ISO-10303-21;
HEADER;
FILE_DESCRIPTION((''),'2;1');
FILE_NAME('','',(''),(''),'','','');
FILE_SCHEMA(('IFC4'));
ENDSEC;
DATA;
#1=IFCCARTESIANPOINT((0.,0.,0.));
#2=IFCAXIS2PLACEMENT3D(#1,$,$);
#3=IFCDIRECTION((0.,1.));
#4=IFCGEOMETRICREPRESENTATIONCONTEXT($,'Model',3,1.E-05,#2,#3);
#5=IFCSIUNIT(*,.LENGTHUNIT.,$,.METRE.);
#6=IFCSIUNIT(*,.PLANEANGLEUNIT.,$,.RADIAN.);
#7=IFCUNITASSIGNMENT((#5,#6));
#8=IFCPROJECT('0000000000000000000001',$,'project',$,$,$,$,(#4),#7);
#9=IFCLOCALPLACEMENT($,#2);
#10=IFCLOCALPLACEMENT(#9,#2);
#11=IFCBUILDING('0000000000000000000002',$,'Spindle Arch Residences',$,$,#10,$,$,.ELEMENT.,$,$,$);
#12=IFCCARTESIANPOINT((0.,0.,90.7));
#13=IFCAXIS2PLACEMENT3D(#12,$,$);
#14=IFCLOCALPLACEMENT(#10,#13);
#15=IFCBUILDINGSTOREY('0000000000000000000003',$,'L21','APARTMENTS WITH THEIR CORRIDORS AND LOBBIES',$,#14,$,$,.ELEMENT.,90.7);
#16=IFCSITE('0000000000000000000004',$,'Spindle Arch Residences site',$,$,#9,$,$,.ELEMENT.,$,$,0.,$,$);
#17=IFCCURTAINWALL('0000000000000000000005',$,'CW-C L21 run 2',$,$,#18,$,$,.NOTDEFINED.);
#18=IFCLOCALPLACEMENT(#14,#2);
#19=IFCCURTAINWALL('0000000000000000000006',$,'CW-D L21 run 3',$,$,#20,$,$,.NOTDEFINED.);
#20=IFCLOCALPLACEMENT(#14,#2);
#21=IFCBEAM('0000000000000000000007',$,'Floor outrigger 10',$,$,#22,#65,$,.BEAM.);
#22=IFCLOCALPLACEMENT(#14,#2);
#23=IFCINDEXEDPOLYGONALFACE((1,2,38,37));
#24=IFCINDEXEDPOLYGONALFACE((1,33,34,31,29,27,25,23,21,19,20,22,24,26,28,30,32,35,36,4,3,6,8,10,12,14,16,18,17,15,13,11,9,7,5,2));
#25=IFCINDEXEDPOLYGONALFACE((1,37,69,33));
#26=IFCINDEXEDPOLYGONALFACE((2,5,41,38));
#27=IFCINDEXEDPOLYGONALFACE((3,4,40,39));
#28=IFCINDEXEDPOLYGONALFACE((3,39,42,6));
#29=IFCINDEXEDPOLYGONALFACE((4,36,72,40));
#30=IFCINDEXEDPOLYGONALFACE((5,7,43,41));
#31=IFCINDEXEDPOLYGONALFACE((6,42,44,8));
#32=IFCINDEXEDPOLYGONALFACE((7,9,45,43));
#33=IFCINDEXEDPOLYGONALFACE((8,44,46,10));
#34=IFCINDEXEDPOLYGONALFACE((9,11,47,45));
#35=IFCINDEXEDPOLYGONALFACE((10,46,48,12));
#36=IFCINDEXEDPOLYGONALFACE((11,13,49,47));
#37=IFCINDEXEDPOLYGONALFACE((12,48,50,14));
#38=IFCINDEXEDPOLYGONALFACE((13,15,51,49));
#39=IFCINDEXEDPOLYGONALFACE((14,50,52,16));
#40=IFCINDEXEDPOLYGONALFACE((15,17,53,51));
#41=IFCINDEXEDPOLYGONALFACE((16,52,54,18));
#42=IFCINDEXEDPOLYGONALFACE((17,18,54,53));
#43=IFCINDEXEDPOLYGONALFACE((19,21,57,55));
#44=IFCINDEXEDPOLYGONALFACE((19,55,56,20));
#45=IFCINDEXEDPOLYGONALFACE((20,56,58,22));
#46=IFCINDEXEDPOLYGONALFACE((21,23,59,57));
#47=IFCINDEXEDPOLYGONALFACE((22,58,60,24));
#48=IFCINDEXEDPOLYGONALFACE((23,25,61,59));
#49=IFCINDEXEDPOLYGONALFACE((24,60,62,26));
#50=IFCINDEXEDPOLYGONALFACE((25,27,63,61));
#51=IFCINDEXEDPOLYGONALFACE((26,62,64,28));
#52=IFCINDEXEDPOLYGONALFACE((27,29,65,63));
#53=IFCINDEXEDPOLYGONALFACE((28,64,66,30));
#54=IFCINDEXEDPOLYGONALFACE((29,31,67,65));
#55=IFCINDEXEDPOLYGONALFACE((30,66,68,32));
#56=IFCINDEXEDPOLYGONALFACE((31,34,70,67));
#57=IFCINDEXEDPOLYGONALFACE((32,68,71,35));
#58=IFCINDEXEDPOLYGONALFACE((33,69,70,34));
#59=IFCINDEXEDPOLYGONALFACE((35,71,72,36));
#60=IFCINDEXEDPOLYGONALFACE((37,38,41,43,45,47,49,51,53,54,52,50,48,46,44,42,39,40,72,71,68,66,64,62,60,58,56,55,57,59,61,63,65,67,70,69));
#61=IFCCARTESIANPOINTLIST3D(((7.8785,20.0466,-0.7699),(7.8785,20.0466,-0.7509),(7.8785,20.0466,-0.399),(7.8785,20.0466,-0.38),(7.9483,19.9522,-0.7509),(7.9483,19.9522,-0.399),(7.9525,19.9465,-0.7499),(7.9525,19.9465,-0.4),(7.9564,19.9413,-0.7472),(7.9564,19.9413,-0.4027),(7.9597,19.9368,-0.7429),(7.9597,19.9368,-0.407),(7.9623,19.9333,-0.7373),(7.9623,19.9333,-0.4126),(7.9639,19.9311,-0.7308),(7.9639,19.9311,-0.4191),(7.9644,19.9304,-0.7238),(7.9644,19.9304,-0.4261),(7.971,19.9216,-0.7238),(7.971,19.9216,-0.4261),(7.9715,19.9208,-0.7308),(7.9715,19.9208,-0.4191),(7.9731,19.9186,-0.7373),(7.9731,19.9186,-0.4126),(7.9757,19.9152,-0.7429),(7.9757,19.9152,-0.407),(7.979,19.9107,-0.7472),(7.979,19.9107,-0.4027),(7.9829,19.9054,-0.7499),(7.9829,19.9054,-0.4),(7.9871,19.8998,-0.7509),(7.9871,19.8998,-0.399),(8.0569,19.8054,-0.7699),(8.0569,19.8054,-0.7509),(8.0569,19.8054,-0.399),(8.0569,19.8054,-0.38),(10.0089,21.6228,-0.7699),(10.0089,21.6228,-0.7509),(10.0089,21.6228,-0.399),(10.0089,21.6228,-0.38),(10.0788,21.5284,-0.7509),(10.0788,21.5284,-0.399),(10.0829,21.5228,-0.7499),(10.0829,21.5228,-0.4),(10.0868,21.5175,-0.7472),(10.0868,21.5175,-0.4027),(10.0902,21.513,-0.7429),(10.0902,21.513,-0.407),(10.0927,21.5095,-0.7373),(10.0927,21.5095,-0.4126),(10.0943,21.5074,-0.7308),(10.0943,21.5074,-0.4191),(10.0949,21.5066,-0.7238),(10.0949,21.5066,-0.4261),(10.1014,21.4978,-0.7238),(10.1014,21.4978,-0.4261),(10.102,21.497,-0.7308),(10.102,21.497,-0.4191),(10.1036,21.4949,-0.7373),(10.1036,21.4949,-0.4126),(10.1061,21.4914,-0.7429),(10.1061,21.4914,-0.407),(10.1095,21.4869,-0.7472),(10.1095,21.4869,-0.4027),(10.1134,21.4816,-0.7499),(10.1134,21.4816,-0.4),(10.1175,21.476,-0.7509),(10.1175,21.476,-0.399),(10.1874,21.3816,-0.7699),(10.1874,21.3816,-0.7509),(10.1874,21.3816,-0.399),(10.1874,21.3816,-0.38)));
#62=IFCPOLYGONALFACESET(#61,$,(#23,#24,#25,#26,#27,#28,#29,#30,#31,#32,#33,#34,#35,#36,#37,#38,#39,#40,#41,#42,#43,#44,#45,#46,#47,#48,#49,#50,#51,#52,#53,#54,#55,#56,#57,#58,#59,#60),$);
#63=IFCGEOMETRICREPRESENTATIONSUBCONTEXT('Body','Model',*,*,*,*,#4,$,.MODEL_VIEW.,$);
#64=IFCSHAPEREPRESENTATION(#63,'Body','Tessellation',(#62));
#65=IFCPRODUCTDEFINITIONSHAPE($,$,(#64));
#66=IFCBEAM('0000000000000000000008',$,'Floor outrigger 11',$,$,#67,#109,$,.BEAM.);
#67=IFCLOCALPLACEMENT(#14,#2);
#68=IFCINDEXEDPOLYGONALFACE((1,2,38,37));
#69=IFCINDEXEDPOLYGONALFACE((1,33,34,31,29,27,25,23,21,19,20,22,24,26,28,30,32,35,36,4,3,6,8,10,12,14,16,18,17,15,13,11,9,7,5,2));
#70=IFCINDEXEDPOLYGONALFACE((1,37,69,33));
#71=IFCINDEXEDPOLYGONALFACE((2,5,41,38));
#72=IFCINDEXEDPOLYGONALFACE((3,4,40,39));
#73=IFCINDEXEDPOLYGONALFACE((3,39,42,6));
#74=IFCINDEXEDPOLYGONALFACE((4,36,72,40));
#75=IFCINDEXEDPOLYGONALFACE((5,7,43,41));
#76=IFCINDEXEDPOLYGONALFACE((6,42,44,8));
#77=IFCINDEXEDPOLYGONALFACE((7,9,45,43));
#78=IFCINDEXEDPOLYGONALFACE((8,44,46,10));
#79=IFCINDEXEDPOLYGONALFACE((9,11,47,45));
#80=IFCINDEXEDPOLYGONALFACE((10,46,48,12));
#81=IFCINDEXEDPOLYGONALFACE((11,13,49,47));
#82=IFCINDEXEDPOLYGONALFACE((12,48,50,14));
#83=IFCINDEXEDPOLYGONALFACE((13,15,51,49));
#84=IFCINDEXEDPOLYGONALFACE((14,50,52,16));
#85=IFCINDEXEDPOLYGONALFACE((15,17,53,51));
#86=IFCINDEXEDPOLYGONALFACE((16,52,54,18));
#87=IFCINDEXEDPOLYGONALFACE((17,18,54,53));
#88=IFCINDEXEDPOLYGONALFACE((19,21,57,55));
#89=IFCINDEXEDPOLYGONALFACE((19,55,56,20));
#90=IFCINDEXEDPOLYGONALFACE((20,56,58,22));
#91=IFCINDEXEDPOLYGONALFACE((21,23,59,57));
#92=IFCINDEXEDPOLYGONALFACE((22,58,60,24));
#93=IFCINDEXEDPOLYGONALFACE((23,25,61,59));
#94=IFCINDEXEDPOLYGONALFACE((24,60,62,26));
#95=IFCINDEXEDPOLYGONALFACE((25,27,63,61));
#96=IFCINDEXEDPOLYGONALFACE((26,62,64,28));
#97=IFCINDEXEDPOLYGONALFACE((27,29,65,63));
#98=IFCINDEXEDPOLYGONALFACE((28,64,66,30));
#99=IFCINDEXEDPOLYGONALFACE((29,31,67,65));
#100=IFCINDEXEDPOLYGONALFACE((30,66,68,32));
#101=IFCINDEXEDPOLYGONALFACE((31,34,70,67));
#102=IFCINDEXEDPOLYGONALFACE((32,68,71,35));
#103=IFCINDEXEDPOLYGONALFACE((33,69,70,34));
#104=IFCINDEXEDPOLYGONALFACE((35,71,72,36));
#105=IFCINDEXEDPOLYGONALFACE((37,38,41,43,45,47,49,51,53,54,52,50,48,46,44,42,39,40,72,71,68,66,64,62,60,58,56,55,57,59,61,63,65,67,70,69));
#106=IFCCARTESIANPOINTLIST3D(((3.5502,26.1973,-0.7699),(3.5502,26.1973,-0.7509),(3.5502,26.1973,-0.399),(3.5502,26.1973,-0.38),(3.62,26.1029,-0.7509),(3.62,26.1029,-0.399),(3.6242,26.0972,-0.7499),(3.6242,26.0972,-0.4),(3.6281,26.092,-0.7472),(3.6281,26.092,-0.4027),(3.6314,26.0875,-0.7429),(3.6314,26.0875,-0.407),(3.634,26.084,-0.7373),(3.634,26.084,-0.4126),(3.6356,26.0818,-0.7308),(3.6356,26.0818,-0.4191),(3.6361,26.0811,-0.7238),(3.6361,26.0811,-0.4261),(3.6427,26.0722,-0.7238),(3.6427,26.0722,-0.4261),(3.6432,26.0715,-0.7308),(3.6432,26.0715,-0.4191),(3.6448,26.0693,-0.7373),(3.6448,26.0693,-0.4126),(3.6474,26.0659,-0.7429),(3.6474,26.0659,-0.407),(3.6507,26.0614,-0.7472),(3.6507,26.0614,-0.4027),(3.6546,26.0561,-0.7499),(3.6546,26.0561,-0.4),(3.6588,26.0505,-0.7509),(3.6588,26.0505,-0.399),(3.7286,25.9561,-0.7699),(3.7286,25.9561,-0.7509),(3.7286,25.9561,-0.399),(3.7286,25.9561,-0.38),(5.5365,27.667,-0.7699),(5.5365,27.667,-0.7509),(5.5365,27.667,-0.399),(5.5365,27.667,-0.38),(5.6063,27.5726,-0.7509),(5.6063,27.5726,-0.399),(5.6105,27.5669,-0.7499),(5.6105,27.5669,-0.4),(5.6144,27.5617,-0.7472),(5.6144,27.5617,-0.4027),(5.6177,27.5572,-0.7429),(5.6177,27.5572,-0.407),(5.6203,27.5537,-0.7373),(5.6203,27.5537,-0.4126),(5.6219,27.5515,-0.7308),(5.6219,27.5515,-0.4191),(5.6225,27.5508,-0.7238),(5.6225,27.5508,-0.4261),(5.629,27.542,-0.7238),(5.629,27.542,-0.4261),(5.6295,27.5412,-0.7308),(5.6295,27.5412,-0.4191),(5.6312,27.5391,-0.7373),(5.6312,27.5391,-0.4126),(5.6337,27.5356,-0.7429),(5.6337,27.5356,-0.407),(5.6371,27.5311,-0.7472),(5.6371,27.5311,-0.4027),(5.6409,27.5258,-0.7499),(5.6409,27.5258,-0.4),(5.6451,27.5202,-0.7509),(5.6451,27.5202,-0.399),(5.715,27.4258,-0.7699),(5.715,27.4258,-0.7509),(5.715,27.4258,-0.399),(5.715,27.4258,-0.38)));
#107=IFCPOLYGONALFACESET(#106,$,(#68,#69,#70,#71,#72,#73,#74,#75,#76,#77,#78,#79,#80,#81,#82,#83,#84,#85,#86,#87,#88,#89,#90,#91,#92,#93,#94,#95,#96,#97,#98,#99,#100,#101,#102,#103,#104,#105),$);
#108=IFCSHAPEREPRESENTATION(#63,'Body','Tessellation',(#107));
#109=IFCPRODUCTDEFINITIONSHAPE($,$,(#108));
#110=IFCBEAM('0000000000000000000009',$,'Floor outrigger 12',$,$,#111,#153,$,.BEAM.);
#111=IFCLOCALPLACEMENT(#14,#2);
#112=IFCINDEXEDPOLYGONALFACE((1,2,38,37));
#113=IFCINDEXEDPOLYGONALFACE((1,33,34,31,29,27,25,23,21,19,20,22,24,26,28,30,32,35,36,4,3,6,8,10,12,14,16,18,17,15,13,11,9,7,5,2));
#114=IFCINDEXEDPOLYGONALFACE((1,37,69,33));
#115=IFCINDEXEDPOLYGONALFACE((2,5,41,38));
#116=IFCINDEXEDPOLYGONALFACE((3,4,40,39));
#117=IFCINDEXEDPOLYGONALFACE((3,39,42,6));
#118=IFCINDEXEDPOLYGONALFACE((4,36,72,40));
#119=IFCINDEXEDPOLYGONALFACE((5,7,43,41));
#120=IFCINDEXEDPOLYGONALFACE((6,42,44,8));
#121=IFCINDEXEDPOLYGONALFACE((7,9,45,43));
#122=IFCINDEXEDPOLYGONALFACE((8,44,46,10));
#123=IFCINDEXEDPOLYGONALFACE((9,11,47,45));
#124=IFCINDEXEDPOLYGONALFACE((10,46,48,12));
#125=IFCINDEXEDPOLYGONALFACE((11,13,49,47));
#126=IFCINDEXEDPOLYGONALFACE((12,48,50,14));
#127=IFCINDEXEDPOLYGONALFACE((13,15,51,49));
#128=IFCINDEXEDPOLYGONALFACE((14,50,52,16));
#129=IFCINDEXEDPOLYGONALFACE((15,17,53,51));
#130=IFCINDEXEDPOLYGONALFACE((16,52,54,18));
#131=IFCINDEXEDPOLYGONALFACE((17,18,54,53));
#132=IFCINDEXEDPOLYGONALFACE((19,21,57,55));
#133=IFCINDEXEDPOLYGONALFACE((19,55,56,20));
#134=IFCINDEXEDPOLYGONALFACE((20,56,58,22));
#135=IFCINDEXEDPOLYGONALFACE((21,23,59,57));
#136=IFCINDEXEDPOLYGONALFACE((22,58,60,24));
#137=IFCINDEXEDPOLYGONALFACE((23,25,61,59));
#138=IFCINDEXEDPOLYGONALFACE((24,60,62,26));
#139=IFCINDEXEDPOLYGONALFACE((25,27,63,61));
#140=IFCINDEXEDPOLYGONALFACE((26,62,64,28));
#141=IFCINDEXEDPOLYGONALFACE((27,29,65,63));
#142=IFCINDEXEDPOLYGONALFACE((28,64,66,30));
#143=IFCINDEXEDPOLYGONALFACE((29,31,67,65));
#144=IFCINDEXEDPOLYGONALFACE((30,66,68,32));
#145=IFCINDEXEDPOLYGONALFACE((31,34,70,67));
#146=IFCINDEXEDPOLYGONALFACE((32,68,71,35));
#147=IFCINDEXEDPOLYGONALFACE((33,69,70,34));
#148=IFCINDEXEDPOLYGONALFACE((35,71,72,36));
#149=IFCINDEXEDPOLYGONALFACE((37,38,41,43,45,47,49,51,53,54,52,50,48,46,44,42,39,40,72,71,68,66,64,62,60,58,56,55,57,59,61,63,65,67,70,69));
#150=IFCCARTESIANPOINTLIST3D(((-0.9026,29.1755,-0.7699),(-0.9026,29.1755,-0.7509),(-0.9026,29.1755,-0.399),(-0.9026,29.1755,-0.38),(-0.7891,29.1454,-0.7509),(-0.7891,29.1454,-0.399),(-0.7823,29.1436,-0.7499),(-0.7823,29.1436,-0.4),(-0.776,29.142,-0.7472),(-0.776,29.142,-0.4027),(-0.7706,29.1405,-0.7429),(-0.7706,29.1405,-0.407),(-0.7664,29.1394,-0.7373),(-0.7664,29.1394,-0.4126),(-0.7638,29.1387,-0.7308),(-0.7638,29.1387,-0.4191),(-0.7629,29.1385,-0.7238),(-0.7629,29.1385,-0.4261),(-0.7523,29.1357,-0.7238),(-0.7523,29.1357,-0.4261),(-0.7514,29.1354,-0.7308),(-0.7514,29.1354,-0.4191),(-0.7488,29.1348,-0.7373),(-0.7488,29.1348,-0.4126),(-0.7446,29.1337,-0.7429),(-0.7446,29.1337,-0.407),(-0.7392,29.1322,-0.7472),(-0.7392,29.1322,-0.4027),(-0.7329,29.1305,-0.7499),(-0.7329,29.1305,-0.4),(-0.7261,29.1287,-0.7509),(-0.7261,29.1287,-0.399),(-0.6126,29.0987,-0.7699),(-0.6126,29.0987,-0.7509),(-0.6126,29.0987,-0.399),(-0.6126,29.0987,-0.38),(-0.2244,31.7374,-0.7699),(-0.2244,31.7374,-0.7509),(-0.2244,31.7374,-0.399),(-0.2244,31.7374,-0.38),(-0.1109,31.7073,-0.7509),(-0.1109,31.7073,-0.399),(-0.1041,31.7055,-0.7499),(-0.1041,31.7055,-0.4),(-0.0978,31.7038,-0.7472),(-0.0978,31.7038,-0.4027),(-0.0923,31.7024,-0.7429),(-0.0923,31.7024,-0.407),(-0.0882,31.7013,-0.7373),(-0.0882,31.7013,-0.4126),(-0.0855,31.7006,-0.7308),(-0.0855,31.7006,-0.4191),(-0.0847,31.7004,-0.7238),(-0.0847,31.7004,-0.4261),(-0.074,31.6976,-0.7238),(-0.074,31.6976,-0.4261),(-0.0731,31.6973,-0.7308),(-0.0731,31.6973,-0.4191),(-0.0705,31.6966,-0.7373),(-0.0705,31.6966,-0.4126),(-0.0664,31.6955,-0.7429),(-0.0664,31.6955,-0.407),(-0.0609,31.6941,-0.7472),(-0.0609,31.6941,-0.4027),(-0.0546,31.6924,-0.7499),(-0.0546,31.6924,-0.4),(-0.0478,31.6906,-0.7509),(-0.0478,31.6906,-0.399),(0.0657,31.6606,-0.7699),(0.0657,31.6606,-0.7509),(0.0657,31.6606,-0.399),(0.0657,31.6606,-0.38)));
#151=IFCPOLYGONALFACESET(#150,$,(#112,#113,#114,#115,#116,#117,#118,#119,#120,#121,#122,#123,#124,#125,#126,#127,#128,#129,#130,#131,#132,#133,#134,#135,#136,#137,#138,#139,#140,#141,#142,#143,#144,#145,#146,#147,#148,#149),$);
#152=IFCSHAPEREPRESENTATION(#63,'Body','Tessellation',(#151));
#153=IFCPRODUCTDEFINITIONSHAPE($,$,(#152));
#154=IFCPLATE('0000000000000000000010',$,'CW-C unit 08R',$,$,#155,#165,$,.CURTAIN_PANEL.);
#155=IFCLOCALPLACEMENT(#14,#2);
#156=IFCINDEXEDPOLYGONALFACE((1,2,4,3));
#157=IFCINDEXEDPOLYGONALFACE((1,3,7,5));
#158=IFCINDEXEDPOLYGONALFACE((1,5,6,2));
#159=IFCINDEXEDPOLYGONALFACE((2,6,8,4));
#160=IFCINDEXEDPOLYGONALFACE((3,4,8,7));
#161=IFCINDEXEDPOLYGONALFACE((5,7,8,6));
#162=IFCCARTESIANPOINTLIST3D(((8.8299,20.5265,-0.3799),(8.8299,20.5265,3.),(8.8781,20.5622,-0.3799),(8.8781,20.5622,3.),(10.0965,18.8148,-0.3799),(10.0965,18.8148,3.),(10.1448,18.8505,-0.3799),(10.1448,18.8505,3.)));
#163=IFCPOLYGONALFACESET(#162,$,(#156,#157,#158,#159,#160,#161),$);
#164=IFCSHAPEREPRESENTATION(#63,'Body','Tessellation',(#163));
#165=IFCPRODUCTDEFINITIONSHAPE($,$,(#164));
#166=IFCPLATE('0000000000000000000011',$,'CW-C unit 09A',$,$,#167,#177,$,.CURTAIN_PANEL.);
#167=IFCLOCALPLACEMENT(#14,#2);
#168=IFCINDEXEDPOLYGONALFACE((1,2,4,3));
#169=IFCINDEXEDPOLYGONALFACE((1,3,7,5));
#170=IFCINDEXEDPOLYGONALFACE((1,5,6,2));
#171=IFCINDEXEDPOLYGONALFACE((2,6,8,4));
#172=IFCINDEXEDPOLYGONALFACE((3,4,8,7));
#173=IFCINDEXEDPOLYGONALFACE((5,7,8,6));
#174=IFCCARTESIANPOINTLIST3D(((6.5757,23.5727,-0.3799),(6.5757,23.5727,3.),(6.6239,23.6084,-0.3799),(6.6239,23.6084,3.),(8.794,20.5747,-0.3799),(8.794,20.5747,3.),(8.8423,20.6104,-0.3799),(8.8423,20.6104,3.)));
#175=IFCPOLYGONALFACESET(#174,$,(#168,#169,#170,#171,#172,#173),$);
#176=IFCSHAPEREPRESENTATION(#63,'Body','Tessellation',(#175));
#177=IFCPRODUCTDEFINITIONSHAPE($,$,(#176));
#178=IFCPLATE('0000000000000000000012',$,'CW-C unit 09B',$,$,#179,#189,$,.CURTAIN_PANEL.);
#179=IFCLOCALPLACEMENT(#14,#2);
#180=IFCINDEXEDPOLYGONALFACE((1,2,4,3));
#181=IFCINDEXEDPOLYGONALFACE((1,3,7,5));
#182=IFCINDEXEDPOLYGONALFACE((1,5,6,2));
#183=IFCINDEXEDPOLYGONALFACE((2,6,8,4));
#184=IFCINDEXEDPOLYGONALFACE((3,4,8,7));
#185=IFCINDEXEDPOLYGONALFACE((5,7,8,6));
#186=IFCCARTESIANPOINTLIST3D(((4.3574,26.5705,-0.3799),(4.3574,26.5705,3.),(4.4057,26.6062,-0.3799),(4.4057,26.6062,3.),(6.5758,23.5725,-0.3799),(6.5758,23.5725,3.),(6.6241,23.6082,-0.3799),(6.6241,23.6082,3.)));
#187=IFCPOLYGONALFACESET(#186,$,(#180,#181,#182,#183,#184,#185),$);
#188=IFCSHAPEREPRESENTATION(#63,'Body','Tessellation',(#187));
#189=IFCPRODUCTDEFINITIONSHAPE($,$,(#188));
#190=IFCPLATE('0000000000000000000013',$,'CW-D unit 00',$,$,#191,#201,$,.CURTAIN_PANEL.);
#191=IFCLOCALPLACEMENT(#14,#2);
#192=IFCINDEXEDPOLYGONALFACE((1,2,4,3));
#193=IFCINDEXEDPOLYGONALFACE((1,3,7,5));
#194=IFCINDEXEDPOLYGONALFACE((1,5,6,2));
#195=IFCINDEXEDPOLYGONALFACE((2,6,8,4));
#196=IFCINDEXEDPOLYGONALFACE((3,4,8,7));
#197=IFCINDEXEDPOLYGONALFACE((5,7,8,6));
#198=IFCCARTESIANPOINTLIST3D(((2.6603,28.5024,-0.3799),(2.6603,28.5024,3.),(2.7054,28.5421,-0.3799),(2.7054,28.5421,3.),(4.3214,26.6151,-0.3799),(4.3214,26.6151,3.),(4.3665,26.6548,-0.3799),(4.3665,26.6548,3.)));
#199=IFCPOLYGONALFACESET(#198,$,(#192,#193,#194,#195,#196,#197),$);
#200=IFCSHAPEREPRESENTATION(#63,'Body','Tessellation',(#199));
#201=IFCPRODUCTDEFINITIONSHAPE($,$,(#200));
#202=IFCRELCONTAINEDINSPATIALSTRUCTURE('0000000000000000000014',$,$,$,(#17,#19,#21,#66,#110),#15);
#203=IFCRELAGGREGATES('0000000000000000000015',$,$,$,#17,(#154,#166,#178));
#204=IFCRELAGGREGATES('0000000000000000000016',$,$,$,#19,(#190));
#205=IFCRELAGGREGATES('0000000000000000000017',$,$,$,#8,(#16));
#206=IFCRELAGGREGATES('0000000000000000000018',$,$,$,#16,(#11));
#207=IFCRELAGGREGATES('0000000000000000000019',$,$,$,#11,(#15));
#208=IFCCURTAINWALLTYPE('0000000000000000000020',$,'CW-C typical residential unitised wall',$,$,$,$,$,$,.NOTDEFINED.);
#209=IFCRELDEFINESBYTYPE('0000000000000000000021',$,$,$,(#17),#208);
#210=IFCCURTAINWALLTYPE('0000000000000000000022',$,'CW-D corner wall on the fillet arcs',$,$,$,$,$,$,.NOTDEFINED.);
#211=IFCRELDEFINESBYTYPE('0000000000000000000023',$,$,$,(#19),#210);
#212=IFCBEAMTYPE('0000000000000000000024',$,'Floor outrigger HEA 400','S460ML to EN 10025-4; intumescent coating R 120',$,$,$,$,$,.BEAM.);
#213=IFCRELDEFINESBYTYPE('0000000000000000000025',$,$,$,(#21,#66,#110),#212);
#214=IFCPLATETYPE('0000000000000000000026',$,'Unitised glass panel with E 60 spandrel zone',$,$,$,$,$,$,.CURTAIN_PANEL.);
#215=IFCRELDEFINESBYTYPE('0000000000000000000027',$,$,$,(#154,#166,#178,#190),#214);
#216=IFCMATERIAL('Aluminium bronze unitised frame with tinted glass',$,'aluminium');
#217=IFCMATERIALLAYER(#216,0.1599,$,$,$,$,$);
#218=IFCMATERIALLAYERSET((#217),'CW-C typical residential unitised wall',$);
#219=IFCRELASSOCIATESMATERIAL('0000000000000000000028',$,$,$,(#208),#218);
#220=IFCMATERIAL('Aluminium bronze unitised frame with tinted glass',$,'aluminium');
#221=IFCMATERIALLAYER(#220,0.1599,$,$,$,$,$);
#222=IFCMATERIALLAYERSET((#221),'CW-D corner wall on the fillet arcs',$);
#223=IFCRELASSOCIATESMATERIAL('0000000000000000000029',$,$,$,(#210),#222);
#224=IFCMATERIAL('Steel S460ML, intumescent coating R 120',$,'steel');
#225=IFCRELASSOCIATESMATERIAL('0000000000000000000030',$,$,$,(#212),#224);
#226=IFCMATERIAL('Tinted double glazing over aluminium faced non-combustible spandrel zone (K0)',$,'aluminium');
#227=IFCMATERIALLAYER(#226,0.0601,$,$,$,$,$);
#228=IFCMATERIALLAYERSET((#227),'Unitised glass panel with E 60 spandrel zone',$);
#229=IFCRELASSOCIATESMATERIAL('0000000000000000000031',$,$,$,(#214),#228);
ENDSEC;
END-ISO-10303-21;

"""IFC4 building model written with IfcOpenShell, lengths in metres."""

from ifc_helpers import new_model, si_unit, direction, frame, origin, origin_2d, place, context, subcontext, project, spatial, rectangle, i_section, extrude, material, layer, layer_set, material_profile, profile_set, type_object, element, aggregate, save


model = new_model("IFC4")

# Units and contexts
model_context = context("Model", 3, precision=1e-05, world=origin(), true_north=direction((0.0, 1.0)))
body_context = subcontext(model_context, "Body", "Model", "MODEL_VIEW")
ifc_project = project(units=[si_unit("LENGTHUNIT", "METRE"), si_unit("PLANEANGLEUNIT", "RADIAN")], contexts=[model_context])

# Site, building, storey
site_placement = place(None, origin())
site = spatial("IfcSite", under=ifc_project, at=site_placement, Name="Spindle Arch Residences site", CompositionType="ELEMENT", RefElevation=0.0)
building_placement = place(site_placement, origin())
building = spatial("IfcBuilding", under=site, at=building_placement, Name="Spindle Arch Residences", CompositionType="ELEMENT")
storey_placement = place(building_placement, frame((0.0, 0.0, 90.7)))
storey = spatial("IfcBuildingStorey", under=building, at=storey_placement, Name="L21", Description="APARTMENTS WITH THEIR CORRIDORS AND LOBBIES", CompositionType="ELEMENT", Elevation=90.7)

# Curtain wall
ifc_material_1 = material(Name="Aluminium bronze unitised frame with tinted glass", Category="aluminium")
ifc_layer_1 = layer(ifc_material_1, 0.1599)
ifc_layer_set_1 = layer_set([ifc_layer_1], Name="CW-C typical residential unitised wall")
curtain_wall_type_1 = type_object("IfcCurtainWallType", Name="CW-C typical residential unitised wall", PredefinedType="NOTDEFINED", material=ifc_layer_set_1)
curtain_wall_1_placement = place(storey_placement, origin())
curtain_wall_1 = element("IfcCurtainWall", 1, at=curtain_wall_1_placement, inside=storey, type_object=curtain_wall_type_1, Name="CW-C L21 run 2", PredefinedType="NOTDEFINED")

# Curtain wall
ifc_material_2 = material(Name="Aluminium bronze unitised frame with tinted glass", Category="aluminium")
ifc_layer_2 = layer(ifc_material_2, 0.1599)
ifc_layer_set_2 = layer_set([ifc_layer_2], Name="CW-D corner wall on the fillet arcs")
curtain_wall_type_2 = type_object("IfcCurtainWallType", Name="CW-D corner wall on the fillet arcs", PredefinedType="NOTDEFINED", material=ifc_layer_set_2)
curtain_wall_2_placement = place(storey_placement, origin())
curtain_wall_2 = element("IfcCurtainWall", 2, at=curtain_wall_2_placement, inside=storey, type_object=curtain_wall_type_2, Name="CW-D L21 run 3", PredefinedType="NOTDEFINED")

# Beams
ifc_material_3 = material(Name="Steel S460ML, intumescent coating R 120", Category="steel")
ifc_material_profile_1 = material_profile(ifc_material_3, i_section(OverallWidth=0.3, OverallDepth=0.3899, WebThickness=0.011, FlangeThickness=0.019, FilletRadius=0.0271, at=origin_2d()), Name="HEA 400")
ifc_profile_set_1 = profile_set([ifc_material_profile_1], Name="Steel S460ML, intumescent coating R 120")
beam_type_1 = type_object("IfcBeamType", Name="Floor outrigger HEA 400", Description="S460ML to EN 10025-4; intumescent coating R 120", PredefinedType="BEAM", material=ifc_profile_set_1)
beam_1_placement = place(storey_placement, frame((10.0981, 21.5022, -0.575), z_axis=(-0.803897, -0.594769, 0.0), x_axis=(0.594769, -0.803897, 0.0)))
element("IfcBeam", 3, at=beam_1_placement, inside=storey, type_object=beam_type_1, Name="Floor outrigger 10", PredefinedType="BEAM", context=body_context, shape_type="SweptSolid", body=[
    extrude(i_section(OverallWidth=0.3, OverallDepth=0.3899, WebThickness=0.011, FlangeThickness=0.019, FilletRadius=0.0271, at=origin_2d()), origin(), (0.0, 0.0, 1.0), 2.6501),
])
beam_2_placement = place(storey_placement, frame((5.6257, 27.5464, -0.575), z_axis=(-0.803872, -0.594802, 0.0), x_axis=(0.594802, -0.803872, 0.0)))
element("IfcBeam", 4, at=beam_2_placement, inside=storey, type_object=beam_type_1, Name="Floor outrigger 11", PredefinedType="BEAM", context=body_context, shape_type="SweptSolid", body=[
    extrude(i_section(OverallWidth=0.3, OverallDepth=0.3899, WebThickness=0.011, FlangeThickness=0.019, FilletRadius=0.0271, at=origin_2d()), origin(), (0.0, 0.0, 1.0), 2.4709),
])
beam_3_placement = place(storey_placement, frame((-0.0793, 31.699, -0.575), z_axis=(-0.255931, -0.966695, 0.0), x_axis=(0.966695, -0.255931, 0.0)))
element("IfcBeam", 5, at=beam_3_placement, inside=storey, type_object=beam_type_1, Name="Floor outrigger 12", PredefinedType="BEAM", context=body_context, shape_type="SweptSolid", body=[
    extrude(i_section(OverallWidth=0.3, OverallDepth=0.3899, WebThickness=0.011, FlangeThickness=0.019, FilletRadius=0.0271, at=origin_2d()), origin(), (0.0, 0.0, 1.0), 2.6501),
])

# Plates
ifc_material_4 = material(Name="Tinted double glazing over aluminium faced non-combustible spandrel zone (K0)", Category="aluminium")
ifc_layer_3 = layer(ifc_material_4, 0.0601)
ifc_layer_set_3 = layer_set([ifc_layer_3], Name="Unitised glass panel with E 60 spandrel zone")
plate_type = type_object("IfcPlateType", Name="Unitised glass panel with E 60 spandrel zone", PredefinedType="CURTAIN_PANEL", material=ifc_layer_set_3)
plate_1_placement = place(storey_placement, frame((9.4873, 19.6885, -0.3799), z_axis=(0.0, 0.0, 1.0), x_axis=(-0.594823, 0.803857, 0.0)))
plate_1 = element("IfcPlate", 6, at=plate_1_placement, type_object=plate_type, Name="CW-C unit 08R", PredefinedType="CURTAIN_PANEL", context=body_context, shape_type="SweptSolid", body=[
    extrude(rectangle(XDim=2.1294, YDim=0.0601, at=origin_2d()), origin(), (0.0, 0.0, 1.0), 3.3799),
])
plate_2_placement = place(storey_placement, frame((7.709, 22.0916, -0.3799), z_axis=(0.0, 0.0, 1.0), x_axis=(-0.594823, 0.803857, 0.0)))
plate_2 = element("IfcPlate", 7, at=plate_2_placement, type_object=plate_type, Name="CW-C unit 09A", PredefinedType="CURTAIN_PANEL", context=body_context, shape_type="SweptSolid", body=[
    extrude(rectangle(XDim=3.7295, YDim=0.0601, at=origin_2d()), origin(), (0.0, 0.0, 1.0), 3.3799),
])
plate_3_placement = place(storey_placement, frame((5.4907, 25.0894, -0.3799), z_axis=(0.0, 0.0, 1.0), x_axis=(-0.594823, 0.803857, 0.0)))
plate_3 = element("IfcPlate", 8, at=plate_3_placement, type_object=plate_type, Name="CW-C unit 09B", PredefinedType="CURTAIN_PANEL", context=body_context, shape_type="SweptSolid", body=[
    extrude(rectangle(XDim=3.7295, YDim=0.0601, at=origin_2d()), origin(), (0.0, 0.0, 1.0), 3.3799),
])
aggregate(curtain_wall_1, [plate_1, plate_2, plate_3])
plate_4_placement = place(storey_placement, frame((3.5134, 27.5786, -0.3799), z_axis=(0.0, 0.0, 1.0), x_axis=(-0.660704, 0.750647, 0.0)))
plate_4 = element("IfcPlate", 9, at=plate_4_placement, type_object=plate_type, Name="CW-D unit 00", PredefinedType="CURTAIN_PANEL", context=body_context, shape_type="SweptSolid", body=[
    extrude(rectangle(XDim=2.5142, YDim=0.0601, at=origin_2d()), origin(), (0.0, 0.0, 1.0), 3.3799),
])
aggregate(curtain_wall_2, [plate_4])

save(model, "model.ifc")
